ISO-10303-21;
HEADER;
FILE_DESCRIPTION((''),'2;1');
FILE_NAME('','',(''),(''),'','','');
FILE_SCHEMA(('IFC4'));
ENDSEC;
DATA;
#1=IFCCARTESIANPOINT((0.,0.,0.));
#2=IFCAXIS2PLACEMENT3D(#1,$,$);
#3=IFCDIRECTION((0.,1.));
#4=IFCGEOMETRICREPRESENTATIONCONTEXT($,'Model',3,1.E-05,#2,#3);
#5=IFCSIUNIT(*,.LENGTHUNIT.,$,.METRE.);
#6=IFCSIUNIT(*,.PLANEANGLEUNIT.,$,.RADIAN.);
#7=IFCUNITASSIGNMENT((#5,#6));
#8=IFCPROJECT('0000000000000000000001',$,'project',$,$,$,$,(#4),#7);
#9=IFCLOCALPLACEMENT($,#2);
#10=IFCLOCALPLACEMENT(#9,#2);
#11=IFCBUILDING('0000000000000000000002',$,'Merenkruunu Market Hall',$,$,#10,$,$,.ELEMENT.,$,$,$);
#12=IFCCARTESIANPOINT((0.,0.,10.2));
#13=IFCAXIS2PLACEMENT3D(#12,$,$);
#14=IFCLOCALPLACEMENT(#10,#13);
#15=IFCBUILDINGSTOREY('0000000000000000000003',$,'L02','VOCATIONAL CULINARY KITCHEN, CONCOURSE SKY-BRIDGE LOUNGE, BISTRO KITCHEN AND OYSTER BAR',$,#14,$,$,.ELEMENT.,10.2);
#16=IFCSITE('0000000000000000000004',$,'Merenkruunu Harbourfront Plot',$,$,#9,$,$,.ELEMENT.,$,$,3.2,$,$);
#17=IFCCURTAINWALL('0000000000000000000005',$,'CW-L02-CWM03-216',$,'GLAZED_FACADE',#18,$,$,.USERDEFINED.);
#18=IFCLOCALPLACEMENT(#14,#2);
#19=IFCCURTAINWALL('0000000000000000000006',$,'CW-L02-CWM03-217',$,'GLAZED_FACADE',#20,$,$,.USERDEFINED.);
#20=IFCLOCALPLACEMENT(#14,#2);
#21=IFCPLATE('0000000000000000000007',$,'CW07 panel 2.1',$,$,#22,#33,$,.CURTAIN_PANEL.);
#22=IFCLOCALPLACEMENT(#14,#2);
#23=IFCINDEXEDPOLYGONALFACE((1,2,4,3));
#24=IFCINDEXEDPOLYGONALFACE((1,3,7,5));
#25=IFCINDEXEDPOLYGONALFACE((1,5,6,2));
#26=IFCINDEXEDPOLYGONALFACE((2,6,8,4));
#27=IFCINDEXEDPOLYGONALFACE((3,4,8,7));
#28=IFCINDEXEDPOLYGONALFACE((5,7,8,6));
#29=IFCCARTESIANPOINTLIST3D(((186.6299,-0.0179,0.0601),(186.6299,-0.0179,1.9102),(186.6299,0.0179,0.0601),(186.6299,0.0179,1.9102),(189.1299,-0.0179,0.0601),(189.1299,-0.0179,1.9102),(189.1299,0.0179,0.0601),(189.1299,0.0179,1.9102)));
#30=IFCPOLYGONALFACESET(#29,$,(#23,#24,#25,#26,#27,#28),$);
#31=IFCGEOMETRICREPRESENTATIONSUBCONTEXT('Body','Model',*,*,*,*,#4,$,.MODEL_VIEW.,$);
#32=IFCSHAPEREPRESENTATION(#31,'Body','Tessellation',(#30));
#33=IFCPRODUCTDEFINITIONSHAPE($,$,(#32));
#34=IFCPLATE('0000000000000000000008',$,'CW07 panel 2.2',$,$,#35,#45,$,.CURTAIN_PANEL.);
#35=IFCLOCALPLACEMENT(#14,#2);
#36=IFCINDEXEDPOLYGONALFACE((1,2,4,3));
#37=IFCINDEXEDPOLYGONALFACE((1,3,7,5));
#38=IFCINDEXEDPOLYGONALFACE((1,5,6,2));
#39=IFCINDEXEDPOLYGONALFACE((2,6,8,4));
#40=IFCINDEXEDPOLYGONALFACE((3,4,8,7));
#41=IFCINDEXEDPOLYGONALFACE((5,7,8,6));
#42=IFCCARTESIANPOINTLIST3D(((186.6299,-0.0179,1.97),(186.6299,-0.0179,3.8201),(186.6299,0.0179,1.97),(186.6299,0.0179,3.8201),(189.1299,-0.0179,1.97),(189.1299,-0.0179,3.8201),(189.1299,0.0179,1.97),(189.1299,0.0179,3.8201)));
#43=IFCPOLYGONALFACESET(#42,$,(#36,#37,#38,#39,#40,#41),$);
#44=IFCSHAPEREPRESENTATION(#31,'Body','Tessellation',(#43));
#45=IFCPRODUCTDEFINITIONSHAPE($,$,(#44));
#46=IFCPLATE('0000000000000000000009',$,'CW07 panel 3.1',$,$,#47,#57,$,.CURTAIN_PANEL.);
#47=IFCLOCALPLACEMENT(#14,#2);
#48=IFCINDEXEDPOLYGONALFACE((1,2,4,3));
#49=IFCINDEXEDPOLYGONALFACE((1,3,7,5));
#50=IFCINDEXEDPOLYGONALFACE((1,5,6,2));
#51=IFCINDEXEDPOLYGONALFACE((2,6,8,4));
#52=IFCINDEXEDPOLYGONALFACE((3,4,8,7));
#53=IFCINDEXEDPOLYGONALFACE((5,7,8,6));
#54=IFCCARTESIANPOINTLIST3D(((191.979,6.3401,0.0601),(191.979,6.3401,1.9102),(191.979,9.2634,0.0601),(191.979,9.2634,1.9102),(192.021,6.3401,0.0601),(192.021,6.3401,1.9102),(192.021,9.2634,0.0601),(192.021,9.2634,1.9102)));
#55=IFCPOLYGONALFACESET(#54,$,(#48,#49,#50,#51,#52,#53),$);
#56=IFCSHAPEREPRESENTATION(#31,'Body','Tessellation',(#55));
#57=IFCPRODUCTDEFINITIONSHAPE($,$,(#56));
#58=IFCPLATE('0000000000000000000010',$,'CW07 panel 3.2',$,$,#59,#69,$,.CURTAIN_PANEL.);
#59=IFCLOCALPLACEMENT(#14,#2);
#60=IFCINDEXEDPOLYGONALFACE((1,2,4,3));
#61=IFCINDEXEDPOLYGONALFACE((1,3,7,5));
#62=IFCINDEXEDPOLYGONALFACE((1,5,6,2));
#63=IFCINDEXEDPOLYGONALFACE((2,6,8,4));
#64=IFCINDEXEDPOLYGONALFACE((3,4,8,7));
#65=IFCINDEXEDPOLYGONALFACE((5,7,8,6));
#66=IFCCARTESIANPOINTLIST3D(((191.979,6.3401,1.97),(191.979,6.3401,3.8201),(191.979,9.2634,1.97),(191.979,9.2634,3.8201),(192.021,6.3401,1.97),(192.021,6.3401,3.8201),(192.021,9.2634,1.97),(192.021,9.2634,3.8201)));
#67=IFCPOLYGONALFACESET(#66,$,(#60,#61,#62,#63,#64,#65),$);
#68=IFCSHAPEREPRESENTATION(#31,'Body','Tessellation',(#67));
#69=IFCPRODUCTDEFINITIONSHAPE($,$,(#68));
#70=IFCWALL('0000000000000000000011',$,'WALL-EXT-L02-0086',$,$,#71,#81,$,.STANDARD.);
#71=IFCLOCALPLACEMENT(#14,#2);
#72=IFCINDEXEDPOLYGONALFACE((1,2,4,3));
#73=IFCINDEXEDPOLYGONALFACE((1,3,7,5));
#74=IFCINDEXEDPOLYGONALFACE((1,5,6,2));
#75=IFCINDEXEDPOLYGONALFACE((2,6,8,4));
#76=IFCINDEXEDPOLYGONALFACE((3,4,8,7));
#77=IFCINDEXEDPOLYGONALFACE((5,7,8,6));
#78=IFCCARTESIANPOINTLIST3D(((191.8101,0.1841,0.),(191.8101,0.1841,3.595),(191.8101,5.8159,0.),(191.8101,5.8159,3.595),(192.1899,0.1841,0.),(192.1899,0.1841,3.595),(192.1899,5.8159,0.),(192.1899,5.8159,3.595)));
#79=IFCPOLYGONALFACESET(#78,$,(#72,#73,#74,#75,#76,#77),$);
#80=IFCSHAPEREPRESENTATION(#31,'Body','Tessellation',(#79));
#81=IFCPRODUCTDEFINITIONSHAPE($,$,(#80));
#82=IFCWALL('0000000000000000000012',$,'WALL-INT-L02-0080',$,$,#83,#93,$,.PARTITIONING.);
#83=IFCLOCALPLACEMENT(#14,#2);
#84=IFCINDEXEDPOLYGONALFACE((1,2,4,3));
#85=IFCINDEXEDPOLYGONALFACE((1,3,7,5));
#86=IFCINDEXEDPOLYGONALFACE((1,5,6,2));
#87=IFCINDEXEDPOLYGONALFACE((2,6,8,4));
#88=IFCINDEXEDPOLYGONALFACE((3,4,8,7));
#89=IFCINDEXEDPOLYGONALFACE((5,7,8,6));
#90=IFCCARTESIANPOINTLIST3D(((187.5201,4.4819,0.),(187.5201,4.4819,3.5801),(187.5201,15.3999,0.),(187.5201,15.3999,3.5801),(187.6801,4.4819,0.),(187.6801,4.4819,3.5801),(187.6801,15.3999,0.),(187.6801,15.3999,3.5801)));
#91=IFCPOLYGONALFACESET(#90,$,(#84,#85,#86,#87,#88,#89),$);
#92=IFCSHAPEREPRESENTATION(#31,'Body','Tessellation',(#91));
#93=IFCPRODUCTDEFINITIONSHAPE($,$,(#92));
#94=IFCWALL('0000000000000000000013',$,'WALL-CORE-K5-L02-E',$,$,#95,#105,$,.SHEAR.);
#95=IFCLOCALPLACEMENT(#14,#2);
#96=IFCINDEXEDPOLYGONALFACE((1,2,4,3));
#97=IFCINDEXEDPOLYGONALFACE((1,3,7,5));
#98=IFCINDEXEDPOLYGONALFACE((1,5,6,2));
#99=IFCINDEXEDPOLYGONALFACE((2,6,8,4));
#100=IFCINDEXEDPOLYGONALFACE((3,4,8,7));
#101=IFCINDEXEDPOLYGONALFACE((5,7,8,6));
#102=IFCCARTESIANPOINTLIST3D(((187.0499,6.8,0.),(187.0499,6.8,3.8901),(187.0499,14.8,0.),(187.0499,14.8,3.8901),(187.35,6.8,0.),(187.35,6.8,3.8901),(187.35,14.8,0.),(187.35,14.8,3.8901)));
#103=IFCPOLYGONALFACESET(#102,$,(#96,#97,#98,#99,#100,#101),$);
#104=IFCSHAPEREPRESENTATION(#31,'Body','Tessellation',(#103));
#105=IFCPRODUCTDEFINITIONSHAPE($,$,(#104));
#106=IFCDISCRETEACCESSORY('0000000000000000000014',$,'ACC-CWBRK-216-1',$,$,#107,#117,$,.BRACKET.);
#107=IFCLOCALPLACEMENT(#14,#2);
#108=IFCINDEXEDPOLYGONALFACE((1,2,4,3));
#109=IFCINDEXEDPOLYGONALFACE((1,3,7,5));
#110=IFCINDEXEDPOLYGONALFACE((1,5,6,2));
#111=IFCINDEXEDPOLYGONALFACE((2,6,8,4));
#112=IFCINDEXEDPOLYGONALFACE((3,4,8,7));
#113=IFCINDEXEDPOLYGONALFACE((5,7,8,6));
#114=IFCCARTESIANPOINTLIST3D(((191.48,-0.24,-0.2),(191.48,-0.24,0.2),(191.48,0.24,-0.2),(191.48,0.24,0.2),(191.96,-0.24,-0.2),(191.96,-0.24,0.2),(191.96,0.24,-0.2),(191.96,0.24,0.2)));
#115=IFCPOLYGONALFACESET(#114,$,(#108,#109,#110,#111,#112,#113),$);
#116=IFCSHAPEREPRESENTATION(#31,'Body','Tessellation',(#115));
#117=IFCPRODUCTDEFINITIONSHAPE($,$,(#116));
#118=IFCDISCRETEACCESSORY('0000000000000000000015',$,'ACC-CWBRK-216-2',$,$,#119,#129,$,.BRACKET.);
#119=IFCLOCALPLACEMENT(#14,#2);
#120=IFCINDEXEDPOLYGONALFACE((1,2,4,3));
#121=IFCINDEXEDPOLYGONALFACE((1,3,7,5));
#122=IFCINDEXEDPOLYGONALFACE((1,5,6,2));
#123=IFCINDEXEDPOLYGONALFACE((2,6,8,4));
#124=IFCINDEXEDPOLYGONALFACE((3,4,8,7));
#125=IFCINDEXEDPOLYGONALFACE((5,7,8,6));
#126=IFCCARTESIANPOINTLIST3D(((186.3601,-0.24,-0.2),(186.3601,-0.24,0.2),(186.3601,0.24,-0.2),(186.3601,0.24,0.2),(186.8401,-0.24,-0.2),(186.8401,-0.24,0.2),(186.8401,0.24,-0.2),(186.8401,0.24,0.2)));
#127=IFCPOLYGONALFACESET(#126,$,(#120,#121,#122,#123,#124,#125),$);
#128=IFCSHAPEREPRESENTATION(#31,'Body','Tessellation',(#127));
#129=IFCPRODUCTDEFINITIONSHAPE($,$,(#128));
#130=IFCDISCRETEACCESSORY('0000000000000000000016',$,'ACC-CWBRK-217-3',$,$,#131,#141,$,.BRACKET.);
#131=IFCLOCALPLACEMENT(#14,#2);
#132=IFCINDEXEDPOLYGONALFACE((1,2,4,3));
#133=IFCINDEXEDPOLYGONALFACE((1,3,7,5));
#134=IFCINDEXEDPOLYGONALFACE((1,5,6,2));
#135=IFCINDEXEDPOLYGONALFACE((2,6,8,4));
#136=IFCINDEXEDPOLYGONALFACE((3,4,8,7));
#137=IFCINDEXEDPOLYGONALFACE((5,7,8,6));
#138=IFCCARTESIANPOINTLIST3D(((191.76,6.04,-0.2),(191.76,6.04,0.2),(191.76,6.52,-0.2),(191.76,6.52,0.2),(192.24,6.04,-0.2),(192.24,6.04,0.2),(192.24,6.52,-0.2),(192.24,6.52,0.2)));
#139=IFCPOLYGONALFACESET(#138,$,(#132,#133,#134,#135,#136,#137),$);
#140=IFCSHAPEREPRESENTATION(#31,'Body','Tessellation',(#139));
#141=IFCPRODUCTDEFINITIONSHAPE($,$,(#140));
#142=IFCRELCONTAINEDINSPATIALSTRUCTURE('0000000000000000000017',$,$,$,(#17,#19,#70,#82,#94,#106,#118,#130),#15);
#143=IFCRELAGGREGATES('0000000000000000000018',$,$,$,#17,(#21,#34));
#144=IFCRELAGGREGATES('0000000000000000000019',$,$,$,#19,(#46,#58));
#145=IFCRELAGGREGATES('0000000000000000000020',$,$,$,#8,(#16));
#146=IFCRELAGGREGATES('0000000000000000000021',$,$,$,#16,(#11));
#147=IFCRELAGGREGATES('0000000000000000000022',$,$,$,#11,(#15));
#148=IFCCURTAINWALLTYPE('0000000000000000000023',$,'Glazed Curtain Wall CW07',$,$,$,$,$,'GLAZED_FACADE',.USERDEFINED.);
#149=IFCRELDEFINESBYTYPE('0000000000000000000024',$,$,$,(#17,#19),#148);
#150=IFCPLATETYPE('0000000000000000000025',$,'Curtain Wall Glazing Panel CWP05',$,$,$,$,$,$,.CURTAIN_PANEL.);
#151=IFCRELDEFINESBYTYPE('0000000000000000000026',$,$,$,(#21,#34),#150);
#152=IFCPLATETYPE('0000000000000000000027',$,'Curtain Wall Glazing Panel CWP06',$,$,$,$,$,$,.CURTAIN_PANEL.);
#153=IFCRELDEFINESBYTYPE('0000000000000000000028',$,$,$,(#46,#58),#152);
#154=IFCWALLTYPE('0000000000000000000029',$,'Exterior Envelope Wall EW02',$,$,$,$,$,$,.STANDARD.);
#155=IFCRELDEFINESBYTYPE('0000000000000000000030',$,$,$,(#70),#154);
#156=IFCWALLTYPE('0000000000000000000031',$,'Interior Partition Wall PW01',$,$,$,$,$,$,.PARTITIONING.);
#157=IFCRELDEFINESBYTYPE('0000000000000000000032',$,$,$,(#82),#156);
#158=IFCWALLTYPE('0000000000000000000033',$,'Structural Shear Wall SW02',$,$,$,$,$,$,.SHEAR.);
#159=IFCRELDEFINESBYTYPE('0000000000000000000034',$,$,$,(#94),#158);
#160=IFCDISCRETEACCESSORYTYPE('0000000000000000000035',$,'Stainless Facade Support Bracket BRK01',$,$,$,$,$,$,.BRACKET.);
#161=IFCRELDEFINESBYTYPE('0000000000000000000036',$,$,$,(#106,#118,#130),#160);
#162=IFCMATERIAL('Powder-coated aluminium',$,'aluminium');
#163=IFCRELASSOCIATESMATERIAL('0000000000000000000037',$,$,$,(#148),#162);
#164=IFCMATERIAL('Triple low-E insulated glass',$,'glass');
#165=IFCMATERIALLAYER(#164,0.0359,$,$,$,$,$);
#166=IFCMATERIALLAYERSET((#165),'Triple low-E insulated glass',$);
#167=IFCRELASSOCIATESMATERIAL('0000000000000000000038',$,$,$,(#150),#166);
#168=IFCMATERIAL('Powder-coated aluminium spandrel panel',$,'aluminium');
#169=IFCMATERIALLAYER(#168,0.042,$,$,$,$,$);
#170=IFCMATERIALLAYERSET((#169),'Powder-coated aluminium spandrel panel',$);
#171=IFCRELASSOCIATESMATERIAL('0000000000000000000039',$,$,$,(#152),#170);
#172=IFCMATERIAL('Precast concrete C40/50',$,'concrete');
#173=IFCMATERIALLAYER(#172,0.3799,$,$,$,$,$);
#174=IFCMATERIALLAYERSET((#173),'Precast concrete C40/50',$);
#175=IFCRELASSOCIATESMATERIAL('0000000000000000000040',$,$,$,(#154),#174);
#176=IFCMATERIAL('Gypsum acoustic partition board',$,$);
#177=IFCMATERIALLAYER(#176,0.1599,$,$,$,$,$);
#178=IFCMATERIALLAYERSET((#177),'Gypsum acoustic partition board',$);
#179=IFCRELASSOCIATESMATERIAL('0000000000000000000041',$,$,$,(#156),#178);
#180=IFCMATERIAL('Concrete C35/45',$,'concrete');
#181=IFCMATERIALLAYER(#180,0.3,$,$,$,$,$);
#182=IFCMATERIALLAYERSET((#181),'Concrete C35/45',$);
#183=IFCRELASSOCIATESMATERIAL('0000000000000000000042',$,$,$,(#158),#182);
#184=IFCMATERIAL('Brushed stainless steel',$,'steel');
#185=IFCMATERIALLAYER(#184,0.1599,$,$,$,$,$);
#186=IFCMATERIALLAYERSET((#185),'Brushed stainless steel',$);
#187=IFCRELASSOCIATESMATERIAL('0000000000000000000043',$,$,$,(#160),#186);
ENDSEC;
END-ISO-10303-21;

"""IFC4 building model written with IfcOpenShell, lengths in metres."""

from ifc_helpers import new_model, si_unit, direction, frame, frame_2d, origin, origin_2d, place, context, subcontext, project, spatial, rectangle, extrude, material, layer, layer_set, type_object, element, aggregate, save


model = new_model("IFC4")

# Units and contexts
model_context = context("Model", 3, precision=1e-05, world=origin(), true_north=direction((0.0, 1.0)))
body_context = subcontext(model_context, "Body", "Model", "MODEL_VIEW")
ifc_project = project(units=[si_unit("LENGTHUNIT", "METRE"), si_unit("PLANEANGLEUNIT", "RADIAN")], contexts=[model_context])

# Site, building, storey
site_placement = place(None, origin())
site = spatial("IfcSite", under=ifc_project, at=site_placement, Name="Merenkruunu Harbourfront Plot", CompositionType="ELEMENT", RefElevation=3.2)
building_placement = place(site_placement, origin())
building = spatial("IfcBuilding", under=site, at=building_placement, Name="Merenkruunu Market Hall", CompositionType="ELEMENT")
storey_placement = place(building_placement, frame((0.0, 0.0, 10.2)))
storey = spatial("IfcBuildingStorey", under=building, at=storey_placement, Name="L02", Description="VOCATIONAL CULINARY KITCHEN, CONCOURSE SKY-BRIDGE LOUNGE, BISTRO KITCHEN AND OYSTER BAR", CompositionType="ELEMENT", Elevation=10.2)

# Curtain wall
ifc_material_1 = material(Name="Powder-coated aluminium", Category="aluminium")
curtain_wall_type = type_object("IfcCurtainWallType", Name="Glazed Curtain Wall CW07", ElementType="GLAZED_FACADE", PredefinedType="USERDEFINED", material=ifc_material_1)
curtain_wall_1_placement = place(storey_placement, origin())
curtain_wall_1 = element("IfcCurtainWall", 1, at=curtain_wall_1_placement, inside=storey, type_object=curtain_wall_type, Name="CW-L02-CWM03-216", ObjectType="GLAZED_FACADE", PredefinedType="USERDEFINED")

# Curtain wall
curtain_wall_2_placement = place(storey_placement, origin())
curtain_wall_2 = element("IfcCurtainWall", 2, at=curtain_wall_2_placement, inside=storey, type_object=curtain_wall_type, Name="CW-L02-CWM03-217", ObjectType="GLAZED_FACADE", PredefinedType="USERDEFINED")

# Plates
ifc_material_2 = material(Name="Triple low-E insulated glass", Category="glass")
ifc_layer_1 = layer(ifc_material_2, 0.0359)
ifc_layer_set_1 = layer_set([ifc_layer_1], Name="Triple low-E insulated glass")
plate_type_1 = type_object("IfcPlateType", Name="Curtain Wall Glazing Panel CWP05", PredefinedType="CURTAIN_PANEL", material=ifc_layer_set_1)
plate_1_placement = place(storey_placement, frame((187.8799, 0.0, 0.0601), z_axis=(0.0, 0.0, 1.0), x_axis=(-1.0, 0.0, 0.0)))
plate_1 = element("IfcPlate", 3, at=plate_1_placement, type_object=plate_type_1, Name="CW07 panel 2.1", PredefinedType="CURTAIN_PANEL", context=body_context, shape_type="SweptSolid", body=[
    extrude(rectangle(XDim=2.5, YDim=0.0359, at=origin_2d()), origin(), (0.0, 0.0, 1.0), 1.8501),
])
plate_2_placement = place(storey_placement, frame((187.8799, 0.0, 1.97), z_axis=(0.0, 0.0, 1.0), x_axis=(-1.0, 0.0, 0.0)))
plate_2 = element("IfcPlate", 4, at=plate_2_placement, type_object=plate_type_1, Name="CW07 panel 2.2", PredefinedType="CURTAIN_PANEL", context=body_context, shape_type="SweptSolid", body=[
    extrude(rectangle(XDim=2.5, YDim=0.0359, at=origin_2d()), origin(), (0.0, 0.0, 1.0), 1.8501),
])
aggregate(curtain_wall_1, [plate_1, plate_2])
ifc_material_3 = material(Name="Powder-coated aluminium spandrel panel", Category="aluminium")
ifc_layer_2 = layer(ifc_material_3, 0.042)
ifc_layer_set_2 = layer_set([ifc_layer_2], Name="Powder-coated aluminium spandrel panel")
plate_type_2 = type_object("IfcPlateType", Name="Curtain Wall Glazing Panel CWP06", PredefinedType="CURTAIN_PANEL", material=ifc_layer_set_2)
plate_3_placement = place(storey_placement, frame((192.0, 7.8018, 0.0601), z_axis=(0.0, 0.0, 1.0), x_axis=(0.0, -1.0, 0.0)))
plate_3 = element("IfcPlate", 5, at=plate_3_placement, type_object=plate_type_2, Name="CW07 panel 3.1", PredefinedType="CURTAIN_PANEL", context=body_context, shape_type="SweptSolid", body=[
    extrude(rectangle(XDim=2.9233, YDim=0.042, at=origin_2d()), origin(), (0.0, 0.0, 1.0), 1.8501),
])
plate_4_placement = place(storey_placement, frame((192.0, 7.8018, 1.97), z_axis=(0.0, 0.0, 1.0), x_axis=(0.0, -1.0, 0.0)))
plate_4 = element("IfcPlate", 6, at=plate_4_placement, type_object=plate_type_2, Name="CW07 panel 3.2", PredefinedType="CURTAIN_PANEL", context=body_context, shape_type="SweptSolid", body=[
    extrude(rectangle(XDim=2.9233, YDim=0.042, at=origin_2d()), origin(), (0.0, 0.0, 1.0), 1.8501),
])
aggregate(curtain_wall_2, [plate_3, plate_4])

# Walls
ifc_material_4 = material(Name="Precast concrete C40/50", Category="concrete")
ifc_layer_3 = layer(ifc_material_4, 0.3799)
ifc_layer_set_3 = layer_set([ifc_layer_3], Name="Precast concrete C40/50")
wall_type_1 = type_object("IfcWallType", Name="Exterior Envelope Wall EW02", PredefinedType="STANDARD", material=ifc_layer_set_3)
wall_1_placement = place(storey_placement, frame((192.0, 5.8159, 0.0), z_axis=(0.0, 0.0, 1.0), x_axis=(0.0, -1.0, 0.0)))
element("IfcWall", 7, at=wall_1_placement, inside=storey, type_object=wall_type_1, Name="WALL-EXT-L02-0086", PredefinedType="STANDARD", context=body_context, shape_type="SweptSolid", body=[
    extrude(rectangle(XDim=5.6318, YDim=0.3799, at=frame_2d((2.8159, 0.0))), origin(), (0.0, 0.0, 1.0), 3.595),
])
ifc_material_5 = material(Name="Gypsum acoustic partition board")
ifc_layer_4 = layer(ifc_material_5, 0.1599)
ifc_layer_set_4 = layer_set([ifc_layer_4], Name="Gypsum acoustic partition board")
wall_type_2 = type_object("IfcWallType", Name="Interior Partition Wall PW01", PredefinedType="PARTITIONING", material=ifc_layer_set_4)
wall_2_placement = place(storey_placement, frame((187.6001, 4.4819, 0.0), z_axis=(0.0, 0.0, 1.0), x_axis=(0.0, 1.0, 0.0)))
element("IfcWall", 8, at=wall_2_placement, inside=storey, type_object=wall_type_2, Name="WALL-INT-L02-0080", PredefinedType="PARTITIONING", context=body_context, shape_type="SweptSolid", body=[
    extrude(rectangle(XDim=10.918, YDim=0.1599, at=frame_2d((5.459, 0.0))), origin(), (0.0, 0.0, 1.0), 3.5801),
])

# Shared definitions
ifc_material_6 = material(Name="Concrete C35/45", Category="concrete")
ifc_layer_5 = layer(ifc_material_6, 0.3)
ifc_layer_set_5 = layer_set([ifc_layer_5], Name="Concrete C35/45")
wall_type_3 = type_object("IfcWallType", Name="Structural Shear Wall SW02", PredefinedType="SHEAR", material=ifc_layer_set_5)

# Wall
wall_3_placement = place(storey_placement, frame((187.2, 6.8, 0.0), z_axis=(0.0, 0.0, 1.0), x_axis=(0.0, 1.0, 0.0)))
element("IfcWall", 9, at=wall_3_placement, inside=storey, type_object=wall_type_3, Name="WALL-CORE-K5-L02-E", PredefinedType="SHEAR", context=body_context, shape_type="SweptSolid", body=[
    extrude(rectangle(XDim=8.0, YDim=0.3, at=frame_2d((4.0, 0.0))), origin(), (0.0, 0.0, 1.0), 3.8901),
])

# Discrete accessories
ifc_material_7 = material(Name="Brushed stainless steel", Category="steel")
ifc_layer_6 = layer(ifc_material_7, 0.1599)
ifc_layer_set_6 = layer_set([ifc_layer_6], Name="Brushed stainless steel")
discrete_accessory_type = type_object("IfcDiscreteAccessoryType", Name="Stainless Facade Support Bracket BRK01", PredefinedType="BRACKET", material=ifc_layer_set_6)
for number, where, z_axis, x_axis, name in (
    (10, (191.72, 0.0, -0.2), (0.0, 0.0, 1.0), (1.0, 0.0, 0.0), "ACC-CWBRK-216-1"),
    (11, (186.6001, 0.0, -0.2), (0.0, 0.0, 1.0), (1.0, 0.0, 0.0), "ACC-CWBRK-216-2"),
    (12, (192.0, 6.28, -0.2), (0.0, 0.0, 1.0), (1.0, 0.0, 0.0), "ACC-CWBRK-217-3"),
):
    element("IfcDiscreteAccessory", number, at=place(storey_placement, frame(where, z_axis=z_axis, x_axis=x_axis)), inside=storey, type_object=discrete_accessory_type, Name=name, PredefinedType="BRACKET", context=body_context, shape_type="SweptSolid", body=[
        extrude(rectangle(XDim=0.48, YDim=0.48, at=origin_2d()), origin(), (0.0, 0.0, 1.0), 0.3999),
    ])

save(model, "model.ifc")
